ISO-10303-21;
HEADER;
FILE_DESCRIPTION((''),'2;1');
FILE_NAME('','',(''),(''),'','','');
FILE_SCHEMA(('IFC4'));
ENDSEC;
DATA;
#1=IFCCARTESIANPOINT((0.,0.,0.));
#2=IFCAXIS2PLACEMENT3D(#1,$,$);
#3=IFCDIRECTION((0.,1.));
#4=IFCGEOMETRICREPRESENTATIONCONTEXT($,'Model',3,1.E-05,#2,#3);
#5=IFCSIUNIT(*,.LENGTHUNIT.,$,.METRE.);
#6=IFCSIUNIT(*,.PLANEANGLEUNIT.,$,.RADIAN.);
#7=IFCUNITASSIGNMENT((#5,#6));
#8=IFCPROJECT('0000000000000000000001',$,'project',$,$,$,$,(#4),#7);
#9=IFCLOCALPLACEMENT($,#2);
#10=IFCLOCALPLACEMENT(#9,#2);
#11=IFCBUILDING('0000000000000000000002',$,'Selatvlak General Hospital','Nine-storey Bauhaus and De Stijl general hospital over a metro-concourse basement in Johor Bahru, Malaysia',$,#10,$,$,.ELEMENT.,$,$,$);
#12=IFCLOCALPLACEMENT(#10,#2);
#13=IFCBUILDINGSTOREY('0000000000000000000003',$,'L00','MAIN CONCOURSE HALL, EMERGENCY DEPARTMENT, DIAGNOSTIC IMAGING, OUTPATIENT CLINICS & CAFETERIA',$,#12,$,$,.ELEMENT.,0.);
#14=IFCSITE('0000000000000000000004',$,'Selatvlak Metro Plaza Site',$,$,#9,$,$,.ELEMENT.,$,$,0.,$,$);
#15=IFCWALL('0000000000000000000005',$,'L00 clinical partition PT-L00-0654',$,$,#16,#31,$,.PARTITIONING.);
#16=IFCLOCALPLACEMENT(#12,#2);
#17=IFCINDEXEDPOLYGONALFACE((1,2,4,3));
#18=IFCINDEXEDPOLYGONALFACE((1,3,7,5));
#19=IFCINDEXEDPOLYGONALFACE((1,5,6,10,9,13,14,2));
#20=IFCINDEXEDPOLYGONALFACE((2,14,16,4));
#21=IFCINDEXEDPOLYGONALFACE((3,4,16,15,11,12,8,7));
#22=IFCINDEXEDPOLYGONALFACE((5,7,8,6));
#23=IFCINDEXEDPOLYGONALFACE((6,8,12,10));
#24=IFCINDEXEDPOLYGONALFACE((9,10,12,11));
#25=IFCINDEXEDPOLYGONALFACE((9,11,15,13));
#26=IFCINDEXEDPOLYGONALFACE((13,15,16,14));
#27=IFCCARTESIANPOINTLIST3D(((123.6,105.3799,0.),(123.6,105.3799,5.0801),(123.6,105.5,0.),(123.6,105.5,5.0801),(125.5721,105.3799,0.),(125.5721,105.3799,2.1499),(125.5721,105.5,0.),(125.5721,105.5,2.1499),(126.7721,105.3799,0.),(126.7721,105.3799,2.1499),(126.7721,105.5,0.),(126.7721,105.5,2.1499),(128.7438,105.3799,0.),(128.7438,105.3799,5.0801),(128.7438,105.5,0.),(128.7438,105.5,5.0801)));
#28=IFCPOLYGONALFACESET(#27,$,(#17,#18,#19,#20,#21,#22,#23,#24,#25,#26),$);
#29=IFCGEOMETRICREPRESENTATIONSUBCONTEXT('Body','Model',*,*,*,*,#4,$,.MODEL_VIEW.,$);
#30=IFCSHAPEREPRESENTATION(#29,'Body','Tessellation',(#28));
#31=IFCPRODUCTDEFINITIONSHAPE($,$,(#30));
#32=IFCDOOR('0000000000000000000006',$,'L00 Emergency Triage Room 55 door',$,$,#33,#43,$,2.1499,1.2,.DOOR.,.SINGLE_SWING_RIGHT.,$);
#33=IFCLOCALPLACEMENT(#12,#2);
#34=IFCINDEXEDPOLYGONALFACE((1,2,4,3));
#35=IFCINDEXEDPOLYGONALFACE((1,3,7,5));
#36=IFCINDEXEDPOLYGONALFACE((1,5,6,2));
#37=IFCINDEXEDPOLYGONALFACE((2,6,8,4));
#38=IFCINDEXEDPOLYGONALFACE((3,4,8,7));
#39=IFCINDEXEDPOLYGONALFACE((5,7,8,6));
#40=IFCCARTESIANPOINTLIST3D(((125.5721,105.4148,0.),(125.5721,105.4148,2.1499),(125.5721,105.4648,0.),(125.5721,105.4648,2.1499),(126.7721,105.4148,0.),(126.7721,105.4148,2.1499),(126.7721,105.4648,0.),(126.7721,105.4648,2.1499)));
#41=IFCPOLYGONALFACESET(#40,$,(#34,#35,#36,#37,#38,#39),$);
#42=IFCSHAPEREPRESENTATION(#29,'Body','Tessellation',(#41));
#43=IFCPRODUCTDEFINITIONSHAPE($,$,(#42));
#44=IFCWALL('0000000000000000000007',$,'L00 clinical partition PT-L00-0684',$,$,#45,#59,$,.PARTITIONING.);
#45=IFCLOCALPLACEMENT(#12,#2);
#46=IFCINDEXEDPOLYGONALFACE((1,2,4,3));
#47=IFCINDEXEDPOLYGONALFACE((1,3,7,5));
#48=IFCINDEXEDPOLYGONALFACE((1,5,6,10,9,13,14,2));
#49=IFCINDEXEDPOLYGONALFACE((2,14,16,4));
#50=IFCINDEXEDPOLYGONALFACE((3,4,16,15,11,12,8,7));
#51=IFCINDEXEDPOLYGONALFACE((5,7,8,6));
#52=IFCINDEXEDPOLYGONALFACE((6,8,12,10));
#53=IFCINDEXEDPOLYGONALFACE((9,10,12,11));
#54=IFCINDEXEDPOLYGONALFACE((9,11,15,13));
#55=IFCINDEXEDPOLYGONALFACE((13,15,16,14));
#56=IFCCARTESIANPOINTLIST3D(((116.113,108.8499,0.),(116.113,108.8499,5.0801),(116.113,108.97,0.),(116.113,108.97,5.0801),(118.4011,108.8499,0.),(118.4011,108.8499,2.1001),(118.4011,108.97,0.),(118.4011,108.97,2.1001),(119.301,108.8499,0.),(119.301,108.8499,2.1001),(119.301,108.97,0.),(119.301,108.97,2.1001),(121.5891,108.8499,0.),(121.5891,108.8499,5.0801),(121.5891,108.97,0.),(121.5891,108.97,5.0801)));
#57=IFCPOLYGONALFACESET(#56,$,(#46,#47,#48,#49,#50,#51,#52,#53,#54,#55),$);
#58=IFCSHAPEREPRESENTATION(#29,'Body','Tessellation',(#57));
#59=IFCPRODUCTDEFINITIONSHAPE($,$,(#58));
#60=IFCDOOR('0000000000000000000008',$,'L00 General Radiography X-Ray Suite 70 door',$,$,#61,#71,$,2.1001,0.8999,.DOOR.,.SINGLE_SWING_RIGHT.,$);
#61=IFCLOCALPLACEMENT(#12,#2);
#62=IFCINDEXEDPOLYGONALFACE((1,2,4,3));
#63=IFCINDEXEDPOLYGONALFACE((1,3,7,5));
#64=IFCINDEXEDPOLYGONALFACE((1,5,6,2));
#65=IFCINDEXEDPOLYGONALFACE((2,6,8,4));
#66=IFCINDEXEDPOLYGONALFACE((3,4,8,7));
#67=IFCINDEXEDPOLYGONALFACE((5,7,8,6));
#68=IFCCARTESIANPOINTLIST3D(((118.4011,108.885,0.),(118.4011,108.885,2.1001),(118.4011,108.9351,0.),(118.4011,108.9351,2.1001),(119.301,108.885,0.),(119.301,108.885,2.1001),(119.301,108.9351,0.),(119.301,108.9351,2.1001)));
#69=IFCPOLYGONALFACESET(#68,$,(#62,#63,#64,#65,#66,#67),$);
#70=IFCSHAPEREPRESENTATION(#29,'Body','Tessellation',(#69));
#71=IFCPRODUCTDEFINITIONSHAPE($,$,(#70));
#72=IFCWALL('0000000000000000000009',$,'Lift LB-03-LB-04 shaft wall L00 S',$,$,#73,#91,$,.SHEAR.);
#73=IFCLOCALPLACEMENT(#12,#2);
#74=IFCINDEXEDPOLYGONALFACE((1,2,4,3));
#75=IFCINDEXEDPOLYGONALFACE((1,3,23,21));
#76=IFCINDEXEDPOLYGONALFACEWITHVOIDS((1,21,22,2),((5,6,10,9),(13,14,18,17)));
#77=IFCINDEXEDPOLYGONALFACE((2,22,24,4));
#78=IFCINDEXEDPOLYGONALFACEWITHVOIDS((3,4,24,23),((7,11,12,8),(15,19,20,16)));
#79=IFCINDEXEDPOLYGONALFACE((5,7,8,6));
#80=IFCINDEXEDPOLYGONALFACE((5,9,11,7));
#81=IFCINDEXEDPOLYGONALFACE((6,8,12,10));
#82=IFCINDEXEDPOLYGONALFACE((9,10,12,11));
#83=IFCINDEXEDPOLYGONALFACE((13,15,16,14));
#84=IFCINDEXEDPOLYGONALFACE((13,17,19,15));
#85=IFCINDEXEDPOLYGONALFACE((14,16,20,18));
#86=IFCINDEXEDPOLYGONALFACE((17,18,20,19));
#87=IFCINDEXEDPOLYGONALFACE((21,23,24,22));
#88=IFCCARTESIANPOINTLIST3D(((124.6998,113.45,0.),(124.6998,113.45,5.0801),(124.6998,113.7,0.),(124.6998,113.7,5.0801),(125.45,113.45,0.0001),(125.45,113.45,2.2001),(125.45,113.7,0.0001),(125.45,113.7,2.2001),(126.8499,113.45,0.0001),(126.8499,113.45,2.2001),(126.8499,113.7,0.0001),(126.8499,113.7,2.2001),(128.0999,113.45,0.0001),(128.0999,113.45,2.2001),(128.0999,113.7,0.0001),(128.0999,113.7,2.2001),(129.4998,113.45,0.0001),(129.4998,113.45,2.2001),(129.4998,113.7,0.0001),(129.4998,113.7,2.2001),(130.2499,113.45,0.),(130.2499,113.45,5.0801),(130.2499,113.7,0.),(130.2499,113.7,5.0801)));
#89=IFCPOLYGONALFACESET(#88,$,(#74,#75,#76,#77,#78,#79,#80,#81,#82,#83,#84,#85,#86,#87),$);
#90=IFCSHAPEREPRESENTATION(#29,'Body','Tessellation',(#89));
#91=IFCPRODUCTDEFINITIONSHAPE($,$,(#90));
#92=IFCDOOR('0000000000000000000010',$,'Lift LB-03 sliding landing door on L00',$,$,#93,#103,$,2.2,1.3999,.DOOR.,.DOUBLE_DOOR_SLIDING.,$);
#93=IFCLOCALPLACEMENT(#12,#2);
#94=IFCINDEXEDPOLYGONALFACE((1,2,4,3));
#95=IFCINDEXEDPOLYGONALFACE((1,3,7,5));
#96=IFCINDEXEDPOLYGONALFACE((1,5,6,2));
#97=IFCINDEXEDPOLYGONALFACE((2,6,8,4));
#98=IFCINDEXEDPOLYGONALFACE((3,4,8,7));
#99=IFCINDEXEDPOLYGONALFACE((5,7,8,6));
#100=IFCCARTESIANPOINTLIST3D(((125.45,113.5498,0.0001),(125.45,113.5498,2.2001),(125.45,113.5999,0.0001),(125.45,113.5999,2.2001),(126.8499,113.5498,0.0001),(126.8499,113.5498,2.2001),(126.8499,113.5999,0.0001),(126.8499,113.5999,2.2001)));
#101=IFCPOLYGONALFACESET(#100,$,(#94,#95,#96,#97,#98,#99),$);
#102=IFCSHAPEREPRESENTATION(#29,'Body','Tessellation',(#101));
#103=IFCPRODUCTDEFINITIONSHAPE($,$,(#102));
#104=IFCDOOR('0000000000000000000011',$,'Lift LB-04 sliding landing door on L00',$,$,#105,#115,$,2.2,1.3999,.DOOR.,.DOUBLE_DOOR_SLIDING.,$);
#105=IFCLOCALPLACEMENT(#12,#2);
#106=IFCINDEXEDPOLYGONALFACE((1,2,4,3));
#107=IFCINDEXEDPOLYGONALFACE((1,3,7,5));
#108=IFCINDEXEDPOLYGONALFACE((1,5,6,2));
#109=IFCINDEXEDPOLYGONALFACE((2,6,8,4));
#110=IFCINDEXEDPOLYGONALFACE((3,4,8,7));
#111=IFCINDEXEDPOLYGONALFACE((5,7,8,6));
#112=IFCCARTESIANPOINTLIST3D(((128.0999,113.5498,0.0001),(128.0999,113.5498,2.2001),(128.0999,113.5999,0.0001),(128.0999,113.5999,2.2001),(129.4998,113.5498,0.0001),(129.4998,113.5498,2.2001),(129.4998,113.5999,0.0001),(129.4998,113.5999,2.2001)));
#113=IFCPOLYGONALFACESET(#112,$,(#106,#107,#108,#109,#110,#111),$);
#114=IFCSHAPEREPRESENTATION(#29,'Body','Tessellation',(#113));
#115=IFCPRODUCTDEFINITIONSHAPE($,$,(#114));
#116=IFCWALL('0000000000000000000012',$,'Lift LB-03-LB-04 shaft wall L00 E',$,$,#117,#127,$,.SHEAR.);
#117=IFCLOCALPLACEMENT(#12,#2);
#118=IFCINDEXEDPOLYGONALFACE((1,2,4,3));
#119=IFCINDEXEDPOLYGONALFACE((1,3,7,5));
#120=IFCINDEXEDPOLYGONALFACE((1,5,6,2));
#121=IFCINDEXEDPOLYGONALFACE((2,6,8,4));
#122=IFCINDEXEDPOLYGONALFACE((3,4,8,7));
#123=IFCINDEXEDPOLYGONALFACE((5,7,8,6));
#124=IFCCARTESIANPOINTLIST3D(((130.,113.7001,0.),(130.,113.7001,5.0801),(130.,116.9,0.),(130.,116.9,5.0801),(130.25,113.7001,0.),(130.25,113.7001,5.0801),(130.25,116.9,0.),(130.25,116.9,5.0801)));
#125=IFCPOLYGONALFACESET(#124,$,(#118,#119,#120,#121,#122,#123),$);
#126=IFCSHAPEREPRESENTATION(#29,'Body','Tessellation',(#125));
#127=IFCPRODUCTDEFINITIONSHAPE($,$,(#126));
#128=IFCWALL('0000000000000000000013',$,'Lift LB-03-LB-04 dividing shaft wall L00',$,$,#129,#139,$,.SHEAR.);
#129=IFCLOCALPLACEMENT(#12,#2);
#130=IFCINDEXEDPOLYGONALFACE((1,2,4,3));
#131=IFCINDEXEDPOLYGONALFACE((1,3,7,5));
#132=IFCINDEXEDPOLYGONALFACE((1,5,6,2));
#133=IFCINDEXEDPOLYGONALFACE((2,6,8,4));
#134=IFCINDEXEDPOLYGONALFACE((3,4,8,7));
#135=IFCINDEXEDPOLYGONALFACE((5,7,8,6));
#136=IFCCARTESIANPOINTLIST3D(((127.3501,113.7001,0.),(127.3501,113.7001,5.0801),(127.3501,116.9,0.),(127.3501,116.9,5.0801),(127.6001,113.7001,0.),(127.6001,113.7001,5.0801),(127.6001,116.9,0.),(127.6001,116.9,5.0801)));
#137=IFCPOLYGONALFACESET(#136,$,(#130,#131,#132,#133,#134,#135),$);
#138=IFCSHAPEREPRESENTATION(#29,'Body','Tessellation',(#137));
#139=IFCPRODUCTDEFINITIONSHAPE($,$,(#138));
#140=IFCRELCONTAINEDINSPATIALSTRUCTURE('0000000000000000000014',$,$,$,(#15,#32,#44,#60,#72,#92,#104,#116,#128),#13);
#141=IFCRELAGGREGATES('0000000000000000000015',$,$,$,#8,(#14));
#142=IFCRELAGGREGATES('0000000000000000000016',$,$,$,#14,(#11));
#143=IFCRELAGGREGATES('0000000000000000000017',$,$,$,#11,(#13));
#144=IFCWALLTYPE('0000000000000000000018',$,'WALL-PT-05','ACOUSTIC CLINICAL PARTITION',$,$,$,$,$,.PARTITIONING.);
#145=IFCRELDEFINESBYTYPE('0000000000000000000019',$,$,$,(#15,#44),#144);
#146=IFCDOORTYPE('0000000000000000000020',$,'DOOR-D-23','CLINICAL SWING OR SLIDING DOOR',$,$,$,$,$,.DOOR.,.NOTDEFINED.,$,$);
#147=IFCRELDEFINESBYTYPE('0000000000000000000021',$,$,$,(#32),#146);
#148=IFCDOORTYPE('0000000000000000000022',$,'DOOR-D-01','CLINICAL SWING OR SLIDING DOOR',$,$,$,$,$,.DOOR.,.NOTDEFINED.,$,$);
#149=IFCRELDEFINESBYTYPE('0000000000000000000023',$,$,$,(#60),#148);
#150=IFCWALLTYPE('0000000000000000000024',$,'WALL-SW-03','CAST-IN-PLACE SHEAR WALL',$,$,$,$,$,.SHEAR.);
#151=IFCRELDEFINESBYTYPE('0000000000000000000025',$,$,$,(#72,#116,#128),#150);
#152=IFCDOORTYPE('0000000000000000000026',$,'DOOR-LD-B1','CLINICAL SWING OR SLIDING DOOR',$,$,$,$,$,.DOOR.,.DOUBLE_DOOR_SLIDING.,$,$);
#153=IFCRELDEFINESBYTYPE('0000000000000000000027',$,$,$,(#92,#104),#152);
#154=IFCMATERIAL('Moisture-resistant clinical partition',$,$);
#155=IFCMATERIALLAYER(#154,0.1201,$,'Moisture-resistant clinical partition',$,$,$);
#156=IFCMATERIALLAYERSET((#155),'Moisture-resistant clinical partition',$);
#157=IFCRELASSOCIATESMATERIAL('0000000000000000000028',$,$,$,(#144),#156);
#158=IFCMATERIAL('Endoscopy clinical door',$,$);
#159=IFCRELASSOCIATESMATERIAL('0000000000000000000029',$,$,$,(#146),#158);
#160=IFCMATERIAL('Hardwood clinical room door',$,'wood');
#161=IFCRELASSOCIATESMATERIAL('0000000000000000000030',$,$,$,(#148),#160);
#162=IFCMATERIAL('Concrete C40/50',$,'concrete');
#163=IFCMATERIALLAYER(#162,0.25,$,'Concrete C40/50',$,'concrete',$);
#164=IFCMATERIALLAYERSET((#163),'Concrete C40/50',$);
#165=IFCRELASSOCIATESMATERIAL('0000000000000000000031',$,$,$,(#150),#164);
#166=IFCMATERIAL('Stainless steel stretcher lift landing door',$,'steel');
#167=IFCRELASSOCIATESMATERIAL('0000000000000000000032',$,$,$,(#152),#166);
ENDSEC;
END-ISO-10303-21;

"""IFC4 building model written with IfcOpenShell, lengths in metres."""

from ifc_helpers import new_model, si_unit, direction, frame, frame_2d, origin, place, context, subcontext, project, spatial, rectangle, extrude, material, layer, layer_set, type_object, element, fill, save


model = new_model("IFC4")

# Units and contexts
model_context = context("Model", 3, precision=1e-05, world=origin(), true_north=direction((0.0, 1.0)))
body_context = subcontext(model_context, "Body", "Model", "MODEL_VIEW")
ifc_project = project(units=[si_unit("LENGTHUNIT", "METRE"), si_unit("PLANEANGLEUNIT", "RADIAN")], contexts=[model_context])

# Site, building, storey
site_placement = place(None, origin())
site = spatial("IfcSite", under=ifc_project, at=site_placement, Name="Selatvlak Metro Plaza Site", CompositionType="ELEMENT", RefElevation=0.0)
building_placement = place(site_placement, origin())
building = spatial("IfcBuilding", under=site, at=building_placement, Name="Selatvlak General Hospital", Description="Nine-storey Bauhaus and De Stijl general hospital over a metro-concourse basement in Johor Bahru, Malaysia", CompositionType="ELEMENT")
storey_placement = place(building_placement, origin())
storey = spatial("IfcBuildingStorey", under=building, at=storey_placement, Name="L00", Description="MAIN CONCOURSE HALL, EMERGENCY DEPARTMENT, DIAGNOSTIC IMAGING, OUTPATIENT CLINICS & CAFETERIA", CompositionType="ELEMENT", Elevation=0.0)

# Shared definitions
ifc_material_1 = material(Name="Concrete C40/50", Category="concrete")

# Shared definitions
ifc_material_2 = material(Name="Moisture-resistant clinical partition")

# Walls, openings, doors
ifc_layer_1 = layer(ifc_material_2, 0.1201, Name="Moisture-resistant clinical partition")
ifc_layer_set_1 = layer_set([ifc_layer_1], Name="Moisture-resistant clinical partition")
wall_type_1 = type_object("IfcWallType", Name="WALL-PT-05", Description="ACOUSTIC CLINICAL PARTITION", PredefinedType="PARTITIONING", material=ifc_layer_set_1)
wall_1_placement = place(storey_placement, frame((123.6001, 105.4399, 0.0), z_axis=(0.0, 0.0, 1.0), x_axis=(1.0, 0.0, 0.0)))
wall_1 = element("IfcWall", 1, at=wall_1_placement, inside=storey, type_object=wall_type_1, Name="L00 clinical partition PT-L00-0654", PredefinedType="PARTITIONING", context=body_context, shape_type="SweptSolid", body=[
    extrude(rectangle(XDim=5.1438, YDim=0.1201, at=frame_2d((2.5718, 0.0))), origin(), (0.0, 0.0, 1.0), 5.0801),
])
opening_1_placement = place(wall_1_placement, frame((1.9719, 0.0, 0.0)))
opening_1 = element("IfcOpeningElement", 2, at=opening_1_placement, cuts=wall_1, PredefinedType="OPENING", context=body_context, shape_type="SweptSolid", body=[
    extrude(rectangle(XDim=1.2, YDim=2.1499, at=frame_2d((0.6001, 1.075))), frame((0.0, 0.0701, 0.0), z_axis=(0.0, -1.0, 0.0), x_axis=(1.0, 0.0, 0.0)), (0.0, 0.0, 1.0), 0.1401),
])
ifc_material_3 = material(Name="Endoscopy clinical door")
door_type_1 = type_object("IfcDoorType", Name="DOOR-D-23", Description="CLINICAL SWING OR SLIDING DOOR", OperationType="NOTDEFINED", PredefinedType="DOOR", material=ifc_material_3)
door_1_placement = place(opening_1_placement, origin())
door_1 = element("IfcDoor", 3, at=door_1_placement, inside=storey, type_object=door_type_1, Name="L00 Emergency Triage Room 55 door", OperationType="SINGLE_SWING_RIGHT", OverallHeight=2.1499, OverallWidth=1.2, PredefinedType="DOOR", context=body_context, shape_type="SweptSolid", body=[
    extrude(rectangle(XDim=1.2, YDim=2.1499, at=frame_2d((0.6001, 1.075))), frame((0.0, 0.0249, 0.0), z_axis=(0.0, -1.0, 0.0), x_axis=(1.0, 0.0, 0.0)), (0.0, 0.0, 1.0), 0.05),
])
fill(opening_1, door_1)
wall_2_placement = place(storey_placement, frame((121.5891, 108.9099, 0.0), z_axis=(0.0, 0.0, 1.0), x_axis=(-1.0, 0.0, 0.0)))
wall_2 = element("IfcWall", 4, at=wall_2_placement, inside=storey, type_object=wall_type_1, Name="L00 clinical partition PT-L00-0684", PredefinedType="PARTITIONING", context=body_context, shape_type="SweptSolid", body=[
    extrude(rectangle(XDim=5.4761, YDim=0.1201, at=frame_2d((2.738, 0.0))), origin(), (0.0, 0.0, 1.0), 5.0801),
])
opening_2_placement = place(wall_2_placement, frame((2.2881, 0.0, 0.0)))
opening_2 = element("IfcOpeningElement", 5, at=opening_2_placement, cuts=wall_2, PredefinedType="OPENING", context=body_context, shape_type="SweptSolid", body=[
    extrude(rectangle(XDim=0.8999, YDim=2.1001, at=frame_2d((0.45, 1.05))), frame((0.0, 0.0701, 0.0), z_axis=(0.0, -1.0, 0.0), x_axis=(1.0, 0.0, 0.0)), (0.0, 0.0, 1.0), 0.1401),
])
ifc_material_4 = material(Name="Hardwood clinical room door", Category="wood")
door_type_2 = type_object("IfcDoorType", Name="DOOR-D-01", Description="CLINICAL SWING OR SLIDING DOOR", OperationType="NOTDEFINED", PredefinedType="DOOR", material=ifc_material_4)
door_2_placement = place(opening_2_placement, origin())
door_2 = element("IfcDoor", 6, at=door_2_placement, inside=storey, type_object=door_type_2, Name="L00 General Radiography X-Ray Suite 70 door", OperationType="SINGLE_SWING_RIGHT", OverallHeight=2.1001, OverallWidth=0.8999, PredefinedType="DOOR", context=body_context, shape_type="SweptSolid", body=[
    extrude(rectangle(XDim=0.8999, YDim=2.1001, at=frame_2d((0.45, 1.05))), frame((0.0, 0.0249, 0.0), z_axis=(0.0, -1.0, 0.0), x_axis=(1.0, 0.0, 0.0)), (0.0, 0.0, 1.0), 0.05),
])
fill(opening_2, door_2)

# Wall, openings, doors
ifc_layer_2 = layer(ifc_material_1, 0.25, Name="Concrete C40/50", Category="concrete")
ifc_layer_set_2 = layer_set([ifc_layer_2], Name="Concrete C40/50")
wall_type_2 = type_object("IfcWallType", Name="WALL-SW-03", Description="CAST-IN-PLACE SHEAR WALL", PredefinedType="SHEAR", material=ifc_layer_set_2)
wall_3_placement = place(storey_placement, frame((124.7, 113.575, 0.0), z_axis=(0.0, 0.0, 1.0), x_axis=(1.0, 0.0, 0.0)))
wall_3 = element("IfcWall", 7, at=wall_3_placement, inside=storey, type_object=wall_type_2, Name="Lift LB-03-LB-04 shaft wall L00 S", PredefinedType="SHEAR", context=body_context, shape_type="SweptSolid", body=[
    extrude(rectangle(XDim=5.55, YDim=0.25, at=frame_2d((2.7749, 0.0))), origin(), (0.0, 0.0, 1.0), 5.0801),
])
opening_3_placement = place(wall_3_placement, frame((0.75, 0.0, 0.0)))
opening_3 = element("IfcOpeningElement", 8, at=opening_3_placement, cuts=wall_3, PredefinedType="OPENING", context=body_context, shape_type="SweptSolid", body=[
    extrude(rectangle(XDim=1.3999, YDim=2.2, at=frame_2d((0.7, 1.1001))), frame((0.0, 0.135, 0.0), z_axis=(0.0, -1.0, 0.0), x_axis=(1.0, 0.0, 0.0)), (0.0, 0.0, 1.0), 0.27),
])
opening_4_placement = place(wall_3_placement, frame((3.3999, 0.0, 0.0)))
opening_4 = element("IfcOpeningElement", 9, at=opening_4_placement, cuts=wall_3, PredefinedType="OPENING", context=body_context, shape_type="SweptSolid", body=[
    extrude(rectangle(XDim=1.3999, YDim=2.2, at=frame_2d((0.7, 1.1001))), frame((0.0, 0.135, 0.0), z_axis=(0.0, -1.0, 0.0), x_axis=(1.0, 0.0, 0.0)), (0.0, 0.0, 1.0), 0.27),
])
ifc_material_5 = material(Name="Stainless steel stretcher lift landing door", Category="steel")
door_type_3 = type_object("IfcDoorType", Name="DOOR-LD-B1", Description="CLINICAL SWING OR SLIDING DOOR", OperationType="DOUBLE_DOOR_SLIDING", PredefinedType="DOOR", material=ifc_material_5)
door_3_placement = place(opening_3_placement, origin())
door_3 = element("IfcDoor", 10, at=door_3_placement, inside=storey, type_object=door_type_3, Name="Lift LB-03 sliding landing door on L00", OperationType="DOUBLE_DOOR_SLIDING", OverallHeight=2.2, OverallWidth=1.3999, PredefinedType="DOOR", context=body_context, shape_type="SweptSolid", body=[
    extrude(rectangle(XDim=1.3999, YDim=2.2, at=frame_2d((0.7, 1.1001))), frame((0.0, 0.0249, 0.0), z_axis=(0.0, -1.0, 0.0), x_axis=(1.0, 0.0, 0.0)), (0.0, 0.0, 1.0), 0.05),
])
fill(opening_3, door_3)
door_4_placement = place(opening_4_placement, origin())
door_4 = element("IfcDoor", 11, at=door_4_placement, inside=storey, type_object=door_type_3, Name="Lift LB-04 sliding landing door on L00", OperationType="DOUBLE_DOOR_SLIDING", OverallHeight=2.2, OverallWidth=1.3999, PredefinedType="DOOR", context=body_context, shape_type="SweptSolid", body=[
    extrude(rectangle(XDim=1.3999, YDim=2.2, at=frame_2d((0.7, 1.1001))), frame((0.0, 0.0249, 0.0), z_axis=(0.0, -1.0, 0.0), x_axis=(1.0, 0.0, 0.0)), (0.0, 0.0, 1.0), 0.05),
])
fill(opening_4, door_4)

# Walls
for number, where, z_axis, x_axis, name in (
    (12, (130.125, 113.7, 0.0), (0.0, 0.0, 1.0), (0.0, 1.0, 0.0), "Lift LB-03-LB-04 shaft wall L00 E"),
    (13, (127.4751, 113.7, 0.0), (0.0, 0.0, 1.0), (0.0, 1.0, 0.0), "Lift LB-03-LB-04 dividing shaft wall L00"),
):
    element("IfcWall", number, at=place(storey_placement, frame(where, z_axis=z_axis, x_axis=x_axis)), inside=storey, type_object=wall_type_2, Name=name, PredefinedType="SHEAR", context=body_context, shape_type="SweptSolid", body=[
        extrude(rectangle(XDim=3.2, YDim=0.25, at=frame_2d((1.6001, 0.0))), origin(), (0.0, 0.0, 1.0), 5.0801),
    ])

save(model, "model.ifc")
